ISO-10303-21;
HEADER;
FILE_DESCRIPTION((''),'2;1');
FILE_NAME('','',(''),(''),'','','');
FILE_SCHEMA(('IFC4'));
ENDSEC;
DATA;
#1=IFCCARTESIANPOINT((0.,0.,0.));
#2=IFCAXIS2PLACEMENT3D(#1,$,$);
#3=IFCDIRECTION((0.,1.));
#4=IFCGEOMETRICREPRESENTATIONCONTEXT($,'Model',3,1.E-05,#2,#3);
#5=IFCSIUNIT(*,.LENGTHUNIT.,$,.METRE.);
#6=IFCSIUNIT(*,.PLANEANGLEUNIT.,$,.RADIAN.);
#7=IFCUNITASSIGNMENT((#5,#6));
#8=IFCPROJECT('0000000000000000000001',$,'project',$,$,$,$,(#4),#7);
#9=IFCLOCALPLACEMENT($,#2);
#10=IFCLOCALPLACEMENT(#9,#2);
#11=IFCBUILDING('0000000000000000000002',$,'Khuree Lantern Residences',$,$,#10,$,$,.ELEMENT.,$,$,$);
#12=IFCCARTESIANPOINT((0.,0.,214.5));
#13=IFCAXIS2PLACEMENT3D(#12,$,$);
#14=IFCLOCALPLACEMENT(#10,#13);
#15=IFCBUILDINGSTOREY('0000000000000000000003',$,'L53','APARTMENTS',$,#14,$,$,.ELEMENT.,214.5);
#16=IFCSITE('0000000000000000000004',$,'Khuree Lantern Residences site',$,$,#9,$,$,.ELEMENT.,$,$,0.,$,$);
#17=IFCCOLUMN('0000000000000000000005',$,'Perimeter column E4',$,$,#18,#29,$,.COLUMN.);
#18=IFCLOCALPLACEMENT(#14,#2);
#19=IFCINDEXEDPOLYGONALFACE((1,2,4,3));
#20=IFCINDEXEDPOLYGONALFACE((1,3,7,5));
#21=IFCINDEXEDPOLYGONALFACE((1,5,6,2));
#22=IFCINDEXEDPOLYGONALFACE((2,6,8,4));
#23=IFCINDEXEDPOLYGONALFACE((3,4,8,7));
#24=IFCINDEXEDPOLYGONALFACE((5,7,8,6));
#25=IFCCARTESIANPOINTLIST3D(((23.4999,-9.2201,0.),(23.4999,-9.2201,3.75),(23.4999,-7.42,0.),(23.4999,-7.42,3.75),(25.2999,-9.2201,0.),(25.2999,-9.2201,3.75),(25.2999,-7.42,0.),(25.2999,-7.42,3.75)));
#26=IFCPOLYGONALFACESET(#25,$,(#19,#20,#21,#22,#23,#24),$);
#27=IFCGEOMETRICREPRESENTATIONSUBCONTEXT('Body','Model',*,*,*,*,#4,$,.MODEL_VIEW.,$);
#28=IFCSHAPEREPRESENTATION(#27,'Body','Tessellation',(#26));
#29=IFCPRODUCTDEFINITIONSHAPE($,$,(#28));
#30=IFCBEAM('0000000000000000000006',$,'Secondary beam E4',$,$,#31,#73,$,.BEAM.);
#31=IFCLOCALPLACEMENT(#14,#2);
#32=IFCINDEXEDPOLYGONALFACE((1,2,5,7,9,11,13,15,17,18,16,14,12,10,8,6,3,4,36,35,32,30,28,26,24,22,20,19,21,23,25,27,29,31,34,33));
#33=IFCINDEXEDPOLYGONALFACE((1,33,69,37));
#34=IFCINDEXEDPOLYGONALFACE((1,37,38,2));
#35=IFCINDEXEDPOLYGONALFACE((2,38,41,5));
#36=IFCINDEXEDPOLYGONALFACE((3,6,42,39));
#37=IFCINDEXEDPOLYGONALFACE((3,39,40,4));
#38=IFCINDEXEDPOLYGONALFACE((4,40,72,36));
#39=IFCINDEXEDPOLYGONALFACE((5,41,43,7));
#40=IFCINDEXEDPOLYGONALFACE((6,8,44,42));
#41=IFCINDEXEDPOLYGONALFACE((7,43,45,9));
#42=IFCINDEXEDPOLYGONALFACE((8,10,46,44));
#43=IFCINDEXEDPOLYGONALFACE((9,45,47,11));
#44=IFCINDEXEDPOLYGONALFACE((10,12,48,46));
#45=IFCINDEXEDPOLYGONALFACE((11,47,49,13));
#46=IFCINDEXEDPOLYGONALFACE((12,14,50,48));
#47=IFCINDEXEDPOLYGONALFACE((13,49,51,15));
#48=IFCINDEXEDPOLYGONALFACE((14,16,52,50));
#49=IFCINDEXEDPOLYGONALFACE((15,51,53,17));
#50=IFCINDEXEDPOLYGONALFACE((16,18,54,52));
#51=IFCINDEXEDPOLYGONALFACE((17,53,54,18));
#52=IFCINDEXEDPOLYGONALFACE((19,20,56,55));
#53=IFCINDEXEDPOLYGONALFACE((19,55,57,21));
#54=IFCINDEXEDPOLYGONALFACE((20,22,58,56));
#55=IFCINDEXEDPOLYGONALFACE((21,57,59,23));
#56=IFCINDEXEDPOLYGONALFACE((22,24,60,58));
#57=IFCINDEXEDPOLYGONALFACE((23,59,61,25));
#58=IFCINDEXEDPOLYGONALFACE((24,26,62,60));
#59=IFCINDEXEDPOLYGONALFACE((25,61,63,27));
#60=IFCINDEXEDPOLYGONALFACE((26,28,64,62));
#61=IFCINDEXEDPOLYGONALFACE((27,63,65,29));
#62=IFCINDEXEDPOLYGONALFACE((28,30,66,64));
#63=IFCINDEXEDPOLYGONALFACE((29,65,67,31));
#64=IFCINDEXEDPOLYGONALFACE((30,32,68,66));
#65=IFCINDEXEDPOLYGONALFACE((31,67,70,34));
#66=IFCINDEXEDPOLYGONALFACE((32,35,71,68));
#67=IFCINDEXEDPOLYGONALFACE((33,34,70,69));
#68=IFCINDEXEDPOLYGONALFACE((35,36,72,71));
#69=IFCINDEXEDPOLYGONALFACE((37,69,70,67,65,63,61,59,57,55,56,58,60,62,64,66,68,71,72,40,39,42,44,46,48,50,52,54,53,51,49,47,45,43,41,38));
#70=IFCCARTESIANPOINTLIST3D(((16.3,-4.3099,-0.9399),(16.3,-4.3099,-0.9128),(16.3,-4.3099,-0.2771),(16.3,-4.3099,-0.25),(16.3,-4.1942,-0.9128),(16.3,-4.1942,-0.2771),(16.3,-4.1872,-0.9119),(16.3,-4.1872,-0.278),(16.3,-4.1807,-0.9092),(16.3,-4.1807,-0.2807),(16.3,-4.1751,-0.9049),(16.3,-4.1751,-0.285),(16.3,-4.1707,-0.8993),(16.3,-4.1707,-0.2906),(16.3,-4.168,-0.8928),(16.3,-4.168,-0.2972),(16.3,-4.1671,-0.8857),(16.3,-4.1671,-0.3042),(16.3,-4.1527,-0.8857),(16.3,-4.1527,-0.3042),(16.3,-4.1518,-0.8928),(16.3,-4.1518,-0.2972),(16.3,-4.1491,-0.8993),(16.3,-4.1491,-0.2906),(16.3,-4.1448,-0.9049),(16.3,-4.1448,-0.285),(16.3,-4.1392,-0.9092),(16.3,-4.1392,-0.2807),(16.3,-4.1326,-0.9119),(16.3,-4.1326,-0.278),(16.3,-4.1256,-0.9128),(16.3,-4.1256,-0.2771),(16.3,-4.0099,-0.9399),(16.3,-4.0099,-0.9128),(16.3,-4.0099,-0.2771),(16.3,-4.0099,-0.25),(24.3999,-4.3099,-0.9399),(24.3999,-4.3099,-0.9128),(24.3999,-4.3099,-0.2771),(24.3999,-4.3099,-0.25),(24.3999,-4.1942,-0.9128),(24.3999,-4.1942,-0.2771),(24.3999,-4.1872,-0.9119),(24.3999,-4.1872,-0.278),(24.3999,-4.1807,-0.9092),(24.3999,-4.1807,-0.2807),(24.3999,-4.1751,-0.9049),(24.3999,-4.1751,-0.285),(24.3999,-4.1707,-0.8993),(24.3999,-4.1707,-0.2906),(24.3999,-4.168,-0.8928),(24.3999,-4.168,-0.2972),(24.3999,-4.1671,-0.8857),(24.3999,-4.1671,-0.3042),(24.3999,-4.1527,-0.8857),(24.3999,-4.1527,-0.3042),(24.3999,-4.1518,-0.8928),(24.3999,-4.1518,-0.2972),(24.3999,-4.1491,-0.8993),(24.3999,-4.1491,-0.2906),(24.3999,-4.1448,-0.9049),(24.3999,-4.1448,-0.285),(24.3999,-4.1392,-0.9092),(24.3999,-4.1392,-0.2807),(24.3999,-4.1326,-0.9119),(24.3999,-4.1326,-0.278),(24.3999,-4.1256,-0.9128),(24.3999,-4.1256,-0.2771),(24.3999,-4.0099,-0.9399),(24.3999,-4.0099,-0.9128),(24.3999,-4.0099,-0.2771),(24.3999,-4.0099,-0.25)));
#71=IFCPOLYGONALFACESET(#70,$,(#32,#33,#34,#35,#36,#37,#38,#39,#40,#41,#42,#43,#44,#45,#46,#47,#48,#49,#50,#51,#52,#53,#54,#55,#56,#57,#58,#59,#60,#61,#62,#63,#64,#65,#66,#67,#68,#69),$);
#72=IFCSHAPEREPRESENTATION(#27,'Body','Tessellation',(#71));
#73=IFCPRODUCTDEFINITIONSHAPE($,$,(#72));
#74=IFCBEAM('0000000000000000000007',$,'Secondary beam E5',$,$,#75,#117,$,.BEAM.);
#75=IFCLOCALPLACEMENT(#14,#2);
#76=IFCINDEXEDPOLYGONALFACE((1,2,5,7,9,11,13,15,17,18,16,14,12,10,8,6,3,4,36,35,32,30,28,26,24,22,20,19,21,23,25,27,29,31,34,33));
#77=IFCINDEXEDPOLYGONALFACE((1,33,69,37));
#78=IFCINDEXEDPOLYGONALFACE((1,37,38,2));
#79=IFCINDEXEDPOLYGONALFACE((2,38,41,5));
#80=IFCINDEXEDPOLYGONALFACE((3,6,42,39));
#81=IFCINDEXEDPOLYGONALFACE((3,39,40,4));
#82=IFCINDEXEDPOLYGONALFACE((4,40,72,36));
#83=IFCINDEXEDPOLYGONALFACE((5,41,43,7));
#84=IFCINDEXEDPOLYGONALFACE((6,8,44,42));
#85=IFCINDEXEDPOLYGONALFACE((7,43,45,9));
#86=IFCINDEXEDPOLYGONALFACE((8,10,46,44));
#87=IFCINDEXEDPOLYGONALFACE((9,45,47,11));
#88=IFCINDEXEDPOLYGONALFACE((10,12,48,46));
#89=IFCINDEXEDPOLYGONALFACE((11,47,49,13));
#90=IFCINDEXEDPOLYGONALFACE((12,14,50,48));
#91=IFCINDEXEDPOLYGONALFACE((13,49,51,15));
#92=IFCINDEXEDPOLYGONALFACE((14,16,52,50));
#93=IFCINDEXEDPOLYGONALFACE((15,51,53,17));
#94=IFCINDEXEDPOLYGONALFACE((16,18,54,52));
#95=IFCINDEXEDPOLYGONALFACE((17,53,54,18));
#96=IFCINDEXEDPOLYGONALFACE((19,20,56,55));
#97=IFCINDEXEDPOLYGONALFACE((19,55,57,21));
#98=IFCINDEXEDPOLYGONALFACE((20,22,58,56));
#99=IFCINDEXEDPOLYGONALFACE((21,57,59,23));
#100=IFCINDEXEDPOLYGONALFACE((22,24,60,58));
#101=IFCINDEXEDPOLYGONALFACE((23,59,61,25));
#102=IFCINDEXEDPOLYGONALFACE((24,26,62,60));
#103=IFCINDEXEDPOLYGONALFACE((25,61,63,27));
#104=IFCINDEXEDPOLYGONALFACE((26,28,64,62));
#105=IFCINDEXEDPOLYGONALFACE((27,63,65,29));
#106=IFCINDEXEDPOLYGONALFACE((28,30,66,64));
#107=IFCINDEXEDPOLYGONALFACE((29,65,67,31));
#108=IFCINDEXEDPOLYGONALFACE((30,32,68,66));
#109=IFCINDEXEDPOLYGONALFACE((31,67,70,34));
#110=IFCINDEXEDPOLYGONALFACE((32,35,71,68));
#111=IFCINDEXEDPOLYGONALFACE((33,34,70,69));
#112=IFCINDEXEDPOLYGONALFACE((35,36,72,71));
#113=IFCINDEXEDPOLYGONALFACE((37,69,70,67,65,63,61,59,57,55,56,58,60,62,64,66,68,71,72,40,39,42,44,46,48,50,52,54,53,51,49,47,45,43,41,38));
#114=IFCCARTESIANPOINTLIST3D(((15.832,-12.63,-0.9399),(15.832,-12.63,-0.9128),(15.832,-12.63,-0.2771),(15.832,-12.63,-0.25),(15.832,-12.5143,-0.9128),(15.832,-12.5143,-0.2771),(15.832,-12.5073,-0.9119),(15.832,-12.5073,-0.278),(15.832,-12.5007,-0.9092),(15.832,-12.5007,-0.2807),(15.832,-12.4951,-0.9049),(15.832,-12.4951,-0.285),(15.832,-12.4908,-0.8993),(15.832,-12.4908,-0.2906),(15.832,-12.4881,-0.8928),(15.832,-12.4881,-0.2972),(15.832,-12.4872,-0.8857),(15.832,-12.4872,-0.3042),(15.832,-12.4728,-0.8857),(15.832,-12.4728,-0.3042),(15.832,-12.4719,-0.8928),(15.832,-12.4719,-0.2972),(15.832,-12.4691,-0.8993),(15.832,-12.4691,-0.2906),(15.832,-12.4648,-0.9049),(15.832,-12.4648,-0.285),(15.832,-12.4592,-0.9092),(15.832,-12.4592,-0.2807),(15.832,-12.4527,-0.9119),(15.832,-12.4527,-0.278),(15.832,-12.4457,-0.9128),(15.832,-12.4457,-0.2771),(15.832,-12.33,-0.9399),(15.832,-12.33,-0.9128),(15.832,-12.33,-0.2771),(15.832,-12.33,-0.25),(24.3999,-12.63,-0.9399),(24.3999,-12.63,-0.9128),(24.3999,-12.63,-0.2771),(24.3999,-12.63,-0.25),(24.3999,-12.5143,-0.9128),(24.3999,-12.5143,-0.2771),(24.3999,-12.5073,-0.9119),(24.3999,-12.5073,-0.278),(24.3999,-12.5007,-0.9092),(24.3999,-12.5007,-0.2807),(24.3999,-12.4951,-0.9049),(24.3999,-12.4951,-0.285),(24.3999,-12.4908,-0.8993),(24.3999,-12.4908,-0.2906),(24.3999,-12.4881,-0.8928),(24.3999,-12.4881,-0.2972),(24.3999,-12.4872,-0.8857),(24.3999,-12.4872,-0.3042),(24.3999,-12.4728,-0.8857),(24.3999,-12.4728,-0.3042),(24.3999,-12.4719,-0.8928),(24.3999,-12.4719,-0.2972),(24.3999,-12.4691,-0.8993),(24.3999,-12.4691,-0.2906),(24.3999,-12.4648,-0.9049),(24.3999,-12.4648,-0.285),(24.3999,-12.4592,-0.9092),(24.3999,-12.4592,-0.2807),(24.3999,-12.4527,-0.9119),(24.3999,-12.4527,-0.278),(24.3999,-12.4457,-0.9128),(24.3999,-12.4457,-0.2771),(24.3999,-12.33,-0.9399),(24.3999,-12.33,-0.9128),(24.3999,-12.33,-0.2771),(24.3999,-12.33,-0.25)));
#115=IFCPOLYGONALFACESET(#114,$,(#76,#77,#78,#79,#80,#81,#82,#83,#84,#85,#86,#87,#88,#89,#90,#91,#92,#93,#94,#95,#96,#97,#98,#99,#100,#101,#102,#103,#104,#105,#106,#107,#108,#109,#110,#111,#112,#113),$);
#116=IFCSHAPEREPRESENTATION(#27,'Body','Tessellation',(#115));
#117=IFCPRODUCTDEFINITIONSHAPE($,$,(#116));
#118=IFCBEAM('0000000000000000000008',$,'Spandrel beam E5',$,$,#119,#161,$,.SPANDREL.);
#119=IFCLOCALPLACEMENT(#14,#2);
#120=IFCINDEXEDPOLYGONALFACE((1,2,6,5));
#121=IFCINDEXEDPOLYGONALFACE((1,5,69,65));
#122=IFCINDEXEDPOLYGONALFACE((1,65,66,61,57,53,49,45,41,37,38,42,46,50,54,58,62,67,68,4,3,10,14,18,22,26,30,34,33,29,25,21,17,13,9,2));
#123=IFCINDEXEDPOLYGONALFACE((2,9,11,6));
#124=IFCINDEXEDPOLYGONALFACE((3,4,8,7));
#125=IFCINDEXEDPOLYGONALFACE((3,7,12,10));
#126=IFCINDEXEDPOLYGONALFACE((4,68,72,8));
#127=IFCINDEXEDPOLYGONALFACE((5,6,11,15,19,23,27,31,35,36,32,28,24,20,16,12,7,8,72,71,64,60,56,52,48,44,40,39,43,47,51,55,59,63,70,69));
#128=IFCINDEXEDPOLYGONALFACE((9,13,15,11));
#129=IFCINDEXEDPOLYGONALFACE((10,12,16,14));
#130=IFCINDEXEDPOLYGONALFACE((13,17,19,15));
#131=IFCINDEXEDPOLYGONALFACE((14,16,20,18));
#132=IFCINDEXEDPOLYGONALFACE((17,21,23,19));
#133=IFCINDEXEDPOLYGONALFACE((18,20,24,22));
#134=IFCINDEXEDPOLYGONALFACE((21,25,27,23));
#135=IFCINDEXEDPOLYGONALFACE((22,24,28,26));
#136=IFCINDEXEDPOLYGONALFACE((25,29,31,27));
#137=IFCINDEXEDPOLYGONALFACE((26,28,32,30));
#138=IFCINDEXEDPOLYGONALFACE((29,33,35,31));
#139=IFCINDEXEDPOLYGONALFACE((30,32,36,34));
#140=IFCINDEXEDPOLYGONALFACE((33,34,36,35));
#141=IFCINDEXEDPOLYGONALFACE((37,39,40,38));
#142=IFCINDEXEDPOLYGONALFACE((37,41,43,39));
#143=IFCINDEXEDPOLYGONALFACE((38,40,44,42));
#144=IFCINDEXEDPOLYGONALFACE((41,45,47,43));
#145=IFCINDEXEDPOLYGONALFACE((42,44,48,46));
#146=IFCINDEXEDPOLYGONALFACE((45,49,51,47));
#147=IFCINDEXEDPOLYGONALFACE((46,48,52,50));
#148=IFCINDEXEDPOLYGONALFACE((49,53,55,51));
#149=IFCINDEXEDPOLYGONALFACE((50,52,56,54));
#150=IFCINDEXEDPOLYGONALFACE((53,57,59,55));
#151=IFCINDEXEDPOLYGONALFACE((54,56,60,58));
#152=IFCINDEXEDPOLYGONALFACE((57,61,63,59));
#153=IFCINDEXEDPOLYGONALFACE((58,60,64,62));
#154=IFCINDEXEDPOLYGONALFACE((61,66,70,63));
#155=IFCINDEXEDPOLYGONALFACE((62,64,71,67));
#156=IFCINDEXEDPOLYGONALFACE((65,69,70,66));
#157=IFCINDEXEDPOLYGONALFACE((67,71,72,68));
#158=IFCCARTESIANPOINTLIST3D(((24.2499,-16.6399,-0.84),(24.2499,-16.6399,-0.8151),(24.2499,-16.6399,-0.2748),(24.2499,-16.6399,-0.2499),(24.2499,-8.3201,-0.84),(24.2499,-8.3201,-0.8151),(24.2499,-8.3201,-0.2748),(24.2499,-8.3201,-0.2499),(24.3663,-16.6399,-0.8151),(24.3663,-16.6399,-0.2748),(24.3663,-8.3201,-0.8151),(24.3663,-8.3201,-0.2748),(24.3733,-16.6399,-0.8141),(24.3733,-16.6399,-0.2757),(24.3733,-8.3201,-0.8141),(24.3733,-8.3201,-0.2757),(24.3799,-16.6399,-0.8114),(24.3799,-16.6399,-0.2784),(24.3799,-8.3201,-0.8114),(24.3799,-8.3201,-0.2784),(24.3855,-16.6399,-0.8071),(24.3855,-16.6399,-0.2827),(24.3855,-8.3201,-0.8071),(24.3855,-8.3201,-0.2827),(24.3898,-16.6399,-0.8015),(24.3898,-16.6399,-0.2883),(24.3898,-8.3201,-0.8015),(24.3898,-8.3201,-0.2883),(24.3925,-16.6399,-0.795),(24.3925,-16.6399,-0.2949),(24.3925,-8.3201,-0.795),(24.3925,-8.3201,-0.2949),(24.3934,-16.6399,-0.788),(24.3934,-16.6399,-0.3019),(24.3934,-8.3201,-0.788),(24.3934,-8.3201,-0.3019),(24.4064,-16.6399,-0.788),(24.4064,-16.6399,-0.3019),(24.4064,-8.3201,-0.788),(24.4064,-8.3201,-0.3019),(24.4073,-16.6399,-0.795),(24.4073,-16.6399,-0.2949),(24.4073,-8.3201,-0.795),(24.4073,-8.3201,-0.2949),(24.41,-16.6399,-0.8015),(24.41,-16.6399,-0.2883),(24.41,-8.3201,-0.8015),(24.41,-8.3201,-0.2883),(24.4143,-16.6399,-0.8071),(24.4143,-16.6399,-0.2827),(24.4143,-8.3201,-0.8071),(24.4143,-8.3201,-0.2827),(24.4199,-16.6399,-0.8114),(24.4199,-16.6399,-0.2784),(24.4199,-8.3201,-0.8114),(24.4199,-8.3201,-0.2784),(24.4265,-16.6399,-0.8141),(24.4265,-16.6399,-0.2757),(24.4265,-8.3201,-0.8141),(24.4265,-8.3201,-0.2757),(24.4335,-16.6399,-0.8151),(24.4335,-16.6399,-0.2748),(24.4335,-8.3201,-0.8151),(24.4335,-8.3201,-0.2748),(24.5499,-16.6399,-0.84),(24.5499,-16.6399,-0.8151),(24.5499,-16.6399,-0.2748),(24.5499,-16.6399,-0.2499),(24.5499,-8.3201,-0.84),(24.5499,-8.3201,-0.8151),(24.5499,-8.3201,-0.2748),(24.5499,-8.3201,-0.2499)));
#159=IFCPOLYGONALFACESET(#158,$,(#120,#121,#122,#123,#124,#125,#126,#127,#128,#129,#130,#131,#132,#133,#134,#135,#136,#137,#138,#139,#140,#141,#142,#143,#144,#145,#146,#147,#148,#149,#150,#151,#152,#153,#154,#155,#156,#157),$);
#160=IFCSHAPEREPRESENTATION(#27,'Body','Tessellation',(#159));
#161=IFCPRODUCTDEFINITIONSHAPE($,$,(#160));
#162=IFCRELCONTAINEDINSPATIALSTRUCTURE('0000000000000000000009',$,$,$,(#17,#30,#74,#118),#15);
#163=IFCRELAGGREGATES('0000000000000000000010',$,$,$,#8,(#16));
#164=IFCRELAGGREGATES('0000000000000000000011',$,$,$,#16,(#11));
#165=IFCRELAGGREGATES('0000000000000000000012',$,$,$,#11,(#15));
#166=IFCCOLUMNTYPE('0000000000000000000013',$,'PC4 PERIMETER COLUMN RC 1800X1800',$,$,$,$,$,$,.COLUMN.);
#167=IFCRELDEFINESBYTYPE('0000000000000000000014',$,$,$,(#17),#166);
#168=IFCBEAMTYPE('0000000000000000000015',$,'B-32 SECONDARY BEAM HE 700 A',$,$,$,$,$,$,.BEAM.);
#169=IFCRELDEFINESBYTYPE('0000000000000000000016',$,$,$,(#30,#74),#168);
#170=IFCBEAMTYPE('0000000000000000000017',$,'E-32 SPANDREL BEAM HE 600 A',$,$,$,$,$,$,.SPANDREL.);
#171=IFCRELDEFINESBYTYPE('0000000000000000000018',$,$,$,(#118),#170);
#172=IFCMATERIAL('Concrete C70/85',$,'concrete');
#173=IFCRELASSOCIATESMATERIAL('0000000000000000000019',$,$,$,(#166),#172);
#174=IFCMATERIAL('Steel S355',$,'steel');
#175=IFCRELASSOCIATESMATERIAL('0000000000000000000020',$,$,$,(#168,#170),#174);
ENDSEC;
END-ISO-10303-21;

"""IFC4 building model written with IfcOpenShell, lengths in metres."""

from ifc_helpers import new_model, si_unit, direction, frame, origin, origin_2d, place, context, subcontext, project, spatial, rectangle, i_section, extrude, material, material_profile, profile_set, type_object, element, save


model = new_model("IFC4")

# Units and contexts
model_context = context("Model", 3, precision=1e-05, world=origin(), true_north=direction((0.0, 1.0)))
body_context = subcontext(model_context, "Body", "Model", "MODEL_VIEW")
ifc_project = project(units=[si_unit("LENGTHUNIT", "METRE"), si_unit("PLANEANGLEUNIT", "RADIAN")], contexts=[model_context])

# Site, building, storey
site_placement = place(None, origin())
site = spatial("IfcSite", under=ifc_project, at=site_placement, Name="Khuree Lantern Residences site", CompositionType="ELEMENT", RefElevation=0.0)
building_placement = place(site_placement, origin())
building = spatial("IfcBuilding", under=site, at=building_placement, Name="Khuree Lantern Residences", CompositionType="ELEMENT")
storey_placement = place(building_placement, frame((0.0, 0.0, 214.5)))
storey = spatial("IfcBuildingStorey", under=building, at=storey_placement, Name="L53", Description="APARTMENTS", CompositionType="ELEMENT", Elevation=214.5)

# Column
ifc_material_1 = material(Name="Concrete C70/85", Category="concrete")
ifc_material_profile_1 = material_profile(ifc_material_1, rectangle(XDim=1.8, YDim=1.8, at=origin_2d()), Name="RC 1800X1800")
ifc_profile_set_1 = profile_set([ifc_material_profile_1], Name="Concrete C70/85")
column_type = type_object("IfcColumnType", Name="PC4 PERIMETER COLUMN RC 1800X1800", PredefinedType="COLUMN", material=ifc_profile_set_1)
column_placement = place(storey_placement, frame((24.3999, -8.3201, 0.0), z_axis=(0.0, 0.0, 1.0), x_axis=(0.0, 1.0, 0.0)))
element("IfcColumn", 1, at=column_placement, inside=storey, type_object=column_type, Name="Perimeter column E4", PredefinedType="COLUMN", context=body_context, shape_type="SweptSolid", body=[
    extrude(rectangle(XDim=1.8, YDim=1.8, at=origin_2d()), origin(), (0.0, 0.0, 1.0), 3.75),
])

# Beams
ifc_material_2 = material(Name="Steel S355", Category="steel")
ifc_material_profile_2 = material_profile(ifc_material_2, i_section(OverallWidth=0.3, OverallDepth=0.6899, WebThickness=0.0144, FlangeThickness=0.0271, FilletRadius=0.0271, at=origin_2d()), Name="HE 700 A")
ifc_profile_set_2 = profile_set([ifc_material_profile_2], Name="Steel S355")
beam_type_1 = type_object("IfcBeamType", Name="B-32 SECONDARY BEAM HE 700 A", PredefinedType="BEAM", material=ifc_profile_set_2)
beam_1_placement = place(storey_placement, frame((24.3999, -4.1599, -0.595), z_axis=(-1.0, 0.0, 0.0), x_axis=(0.0, -1.0, 0.0)))
element("IfcBeam", 2, at=beam_1_placement, inside=storey, type_object=beam_type_1, Name="Secondary beam E4", PredefinedType="BEAM", context=body_context, shape_type="SweptSolid", body=[
    extrude(i_section(OverallWidth=0.3, OverallDepth=0.6899, WebThickness=0.0144, FlangeThickness=0.0271, FilletRadius=0.0271, at=origin_2d()), origin(), (0.0, 0.0, 1.0), 8.0999),
])
beam_2_placement = place(storey_placement, frame((24.3999, -12.48, -0.595), z_axis=(-1.0, 0.0, 0.0), x_axis=(0.0, -1.0, 0.0)))
element("IfcBeam", 3, at=beam_2_placement, inside=storey, type_object=beam_type_1, Name="Secondary beam E5", PredefinedType="BEAM", context=body_context, shape_type="SweptSolid", body=[
    extrude(i_section(OverallWidth=0.3, OverallDepth=0.6899, WebThickness=0.0144, FlangeThickness=0.0271, FilletRadius=0.0271, at=origin_2d()), origin(), (0.0, 0.0, 1.0), 8.5679),
])
ifc_material_profile_3 = material_profile(ifc_material_2, i_section(OverallWidth=0.3, OverallDepth=0.5901, WebThickness=0.0129, FlangeThickness=0.0249, FilletRadius=0.0271, at=origin_2d()), Name="HE 600 A")
ifc_profile_set_3 = profile_set([ifc_material_profile_3], Name="Steel S355")
beam_type_2 = type_object("IfcBeamType", Name="E-32 SPANDREL BEAM HE 600 A", PredefinedType="SPANDREL", material=ifc_profile_set_3)
beam_3_placement = place(storey_placement, frame((24.3999, -8.3201, -0.5449), z_axis=(0.0, -1.0, 0.0), x_axis=(1.0, 0.0, 0.0)))
element("IfcBeam", 4, at=beam_3_placement, inside=storey, type_object=beam_type_2, Name="Spandrel beam E5", PredefinedType="SPANDREL", context=body_context, shape_type="SweptSolid", body=[
    extrude(i_section(OverallWidth=0.3, OverallDepth=0.5901, WebThickness=0.0129, FlangeThickness=0.0249, FilletRadius=0.0271, at=origin_2d()), origin(), (0.0, 0.0, 1.0), 8.3198),
])

save(model, "model.ifc")
